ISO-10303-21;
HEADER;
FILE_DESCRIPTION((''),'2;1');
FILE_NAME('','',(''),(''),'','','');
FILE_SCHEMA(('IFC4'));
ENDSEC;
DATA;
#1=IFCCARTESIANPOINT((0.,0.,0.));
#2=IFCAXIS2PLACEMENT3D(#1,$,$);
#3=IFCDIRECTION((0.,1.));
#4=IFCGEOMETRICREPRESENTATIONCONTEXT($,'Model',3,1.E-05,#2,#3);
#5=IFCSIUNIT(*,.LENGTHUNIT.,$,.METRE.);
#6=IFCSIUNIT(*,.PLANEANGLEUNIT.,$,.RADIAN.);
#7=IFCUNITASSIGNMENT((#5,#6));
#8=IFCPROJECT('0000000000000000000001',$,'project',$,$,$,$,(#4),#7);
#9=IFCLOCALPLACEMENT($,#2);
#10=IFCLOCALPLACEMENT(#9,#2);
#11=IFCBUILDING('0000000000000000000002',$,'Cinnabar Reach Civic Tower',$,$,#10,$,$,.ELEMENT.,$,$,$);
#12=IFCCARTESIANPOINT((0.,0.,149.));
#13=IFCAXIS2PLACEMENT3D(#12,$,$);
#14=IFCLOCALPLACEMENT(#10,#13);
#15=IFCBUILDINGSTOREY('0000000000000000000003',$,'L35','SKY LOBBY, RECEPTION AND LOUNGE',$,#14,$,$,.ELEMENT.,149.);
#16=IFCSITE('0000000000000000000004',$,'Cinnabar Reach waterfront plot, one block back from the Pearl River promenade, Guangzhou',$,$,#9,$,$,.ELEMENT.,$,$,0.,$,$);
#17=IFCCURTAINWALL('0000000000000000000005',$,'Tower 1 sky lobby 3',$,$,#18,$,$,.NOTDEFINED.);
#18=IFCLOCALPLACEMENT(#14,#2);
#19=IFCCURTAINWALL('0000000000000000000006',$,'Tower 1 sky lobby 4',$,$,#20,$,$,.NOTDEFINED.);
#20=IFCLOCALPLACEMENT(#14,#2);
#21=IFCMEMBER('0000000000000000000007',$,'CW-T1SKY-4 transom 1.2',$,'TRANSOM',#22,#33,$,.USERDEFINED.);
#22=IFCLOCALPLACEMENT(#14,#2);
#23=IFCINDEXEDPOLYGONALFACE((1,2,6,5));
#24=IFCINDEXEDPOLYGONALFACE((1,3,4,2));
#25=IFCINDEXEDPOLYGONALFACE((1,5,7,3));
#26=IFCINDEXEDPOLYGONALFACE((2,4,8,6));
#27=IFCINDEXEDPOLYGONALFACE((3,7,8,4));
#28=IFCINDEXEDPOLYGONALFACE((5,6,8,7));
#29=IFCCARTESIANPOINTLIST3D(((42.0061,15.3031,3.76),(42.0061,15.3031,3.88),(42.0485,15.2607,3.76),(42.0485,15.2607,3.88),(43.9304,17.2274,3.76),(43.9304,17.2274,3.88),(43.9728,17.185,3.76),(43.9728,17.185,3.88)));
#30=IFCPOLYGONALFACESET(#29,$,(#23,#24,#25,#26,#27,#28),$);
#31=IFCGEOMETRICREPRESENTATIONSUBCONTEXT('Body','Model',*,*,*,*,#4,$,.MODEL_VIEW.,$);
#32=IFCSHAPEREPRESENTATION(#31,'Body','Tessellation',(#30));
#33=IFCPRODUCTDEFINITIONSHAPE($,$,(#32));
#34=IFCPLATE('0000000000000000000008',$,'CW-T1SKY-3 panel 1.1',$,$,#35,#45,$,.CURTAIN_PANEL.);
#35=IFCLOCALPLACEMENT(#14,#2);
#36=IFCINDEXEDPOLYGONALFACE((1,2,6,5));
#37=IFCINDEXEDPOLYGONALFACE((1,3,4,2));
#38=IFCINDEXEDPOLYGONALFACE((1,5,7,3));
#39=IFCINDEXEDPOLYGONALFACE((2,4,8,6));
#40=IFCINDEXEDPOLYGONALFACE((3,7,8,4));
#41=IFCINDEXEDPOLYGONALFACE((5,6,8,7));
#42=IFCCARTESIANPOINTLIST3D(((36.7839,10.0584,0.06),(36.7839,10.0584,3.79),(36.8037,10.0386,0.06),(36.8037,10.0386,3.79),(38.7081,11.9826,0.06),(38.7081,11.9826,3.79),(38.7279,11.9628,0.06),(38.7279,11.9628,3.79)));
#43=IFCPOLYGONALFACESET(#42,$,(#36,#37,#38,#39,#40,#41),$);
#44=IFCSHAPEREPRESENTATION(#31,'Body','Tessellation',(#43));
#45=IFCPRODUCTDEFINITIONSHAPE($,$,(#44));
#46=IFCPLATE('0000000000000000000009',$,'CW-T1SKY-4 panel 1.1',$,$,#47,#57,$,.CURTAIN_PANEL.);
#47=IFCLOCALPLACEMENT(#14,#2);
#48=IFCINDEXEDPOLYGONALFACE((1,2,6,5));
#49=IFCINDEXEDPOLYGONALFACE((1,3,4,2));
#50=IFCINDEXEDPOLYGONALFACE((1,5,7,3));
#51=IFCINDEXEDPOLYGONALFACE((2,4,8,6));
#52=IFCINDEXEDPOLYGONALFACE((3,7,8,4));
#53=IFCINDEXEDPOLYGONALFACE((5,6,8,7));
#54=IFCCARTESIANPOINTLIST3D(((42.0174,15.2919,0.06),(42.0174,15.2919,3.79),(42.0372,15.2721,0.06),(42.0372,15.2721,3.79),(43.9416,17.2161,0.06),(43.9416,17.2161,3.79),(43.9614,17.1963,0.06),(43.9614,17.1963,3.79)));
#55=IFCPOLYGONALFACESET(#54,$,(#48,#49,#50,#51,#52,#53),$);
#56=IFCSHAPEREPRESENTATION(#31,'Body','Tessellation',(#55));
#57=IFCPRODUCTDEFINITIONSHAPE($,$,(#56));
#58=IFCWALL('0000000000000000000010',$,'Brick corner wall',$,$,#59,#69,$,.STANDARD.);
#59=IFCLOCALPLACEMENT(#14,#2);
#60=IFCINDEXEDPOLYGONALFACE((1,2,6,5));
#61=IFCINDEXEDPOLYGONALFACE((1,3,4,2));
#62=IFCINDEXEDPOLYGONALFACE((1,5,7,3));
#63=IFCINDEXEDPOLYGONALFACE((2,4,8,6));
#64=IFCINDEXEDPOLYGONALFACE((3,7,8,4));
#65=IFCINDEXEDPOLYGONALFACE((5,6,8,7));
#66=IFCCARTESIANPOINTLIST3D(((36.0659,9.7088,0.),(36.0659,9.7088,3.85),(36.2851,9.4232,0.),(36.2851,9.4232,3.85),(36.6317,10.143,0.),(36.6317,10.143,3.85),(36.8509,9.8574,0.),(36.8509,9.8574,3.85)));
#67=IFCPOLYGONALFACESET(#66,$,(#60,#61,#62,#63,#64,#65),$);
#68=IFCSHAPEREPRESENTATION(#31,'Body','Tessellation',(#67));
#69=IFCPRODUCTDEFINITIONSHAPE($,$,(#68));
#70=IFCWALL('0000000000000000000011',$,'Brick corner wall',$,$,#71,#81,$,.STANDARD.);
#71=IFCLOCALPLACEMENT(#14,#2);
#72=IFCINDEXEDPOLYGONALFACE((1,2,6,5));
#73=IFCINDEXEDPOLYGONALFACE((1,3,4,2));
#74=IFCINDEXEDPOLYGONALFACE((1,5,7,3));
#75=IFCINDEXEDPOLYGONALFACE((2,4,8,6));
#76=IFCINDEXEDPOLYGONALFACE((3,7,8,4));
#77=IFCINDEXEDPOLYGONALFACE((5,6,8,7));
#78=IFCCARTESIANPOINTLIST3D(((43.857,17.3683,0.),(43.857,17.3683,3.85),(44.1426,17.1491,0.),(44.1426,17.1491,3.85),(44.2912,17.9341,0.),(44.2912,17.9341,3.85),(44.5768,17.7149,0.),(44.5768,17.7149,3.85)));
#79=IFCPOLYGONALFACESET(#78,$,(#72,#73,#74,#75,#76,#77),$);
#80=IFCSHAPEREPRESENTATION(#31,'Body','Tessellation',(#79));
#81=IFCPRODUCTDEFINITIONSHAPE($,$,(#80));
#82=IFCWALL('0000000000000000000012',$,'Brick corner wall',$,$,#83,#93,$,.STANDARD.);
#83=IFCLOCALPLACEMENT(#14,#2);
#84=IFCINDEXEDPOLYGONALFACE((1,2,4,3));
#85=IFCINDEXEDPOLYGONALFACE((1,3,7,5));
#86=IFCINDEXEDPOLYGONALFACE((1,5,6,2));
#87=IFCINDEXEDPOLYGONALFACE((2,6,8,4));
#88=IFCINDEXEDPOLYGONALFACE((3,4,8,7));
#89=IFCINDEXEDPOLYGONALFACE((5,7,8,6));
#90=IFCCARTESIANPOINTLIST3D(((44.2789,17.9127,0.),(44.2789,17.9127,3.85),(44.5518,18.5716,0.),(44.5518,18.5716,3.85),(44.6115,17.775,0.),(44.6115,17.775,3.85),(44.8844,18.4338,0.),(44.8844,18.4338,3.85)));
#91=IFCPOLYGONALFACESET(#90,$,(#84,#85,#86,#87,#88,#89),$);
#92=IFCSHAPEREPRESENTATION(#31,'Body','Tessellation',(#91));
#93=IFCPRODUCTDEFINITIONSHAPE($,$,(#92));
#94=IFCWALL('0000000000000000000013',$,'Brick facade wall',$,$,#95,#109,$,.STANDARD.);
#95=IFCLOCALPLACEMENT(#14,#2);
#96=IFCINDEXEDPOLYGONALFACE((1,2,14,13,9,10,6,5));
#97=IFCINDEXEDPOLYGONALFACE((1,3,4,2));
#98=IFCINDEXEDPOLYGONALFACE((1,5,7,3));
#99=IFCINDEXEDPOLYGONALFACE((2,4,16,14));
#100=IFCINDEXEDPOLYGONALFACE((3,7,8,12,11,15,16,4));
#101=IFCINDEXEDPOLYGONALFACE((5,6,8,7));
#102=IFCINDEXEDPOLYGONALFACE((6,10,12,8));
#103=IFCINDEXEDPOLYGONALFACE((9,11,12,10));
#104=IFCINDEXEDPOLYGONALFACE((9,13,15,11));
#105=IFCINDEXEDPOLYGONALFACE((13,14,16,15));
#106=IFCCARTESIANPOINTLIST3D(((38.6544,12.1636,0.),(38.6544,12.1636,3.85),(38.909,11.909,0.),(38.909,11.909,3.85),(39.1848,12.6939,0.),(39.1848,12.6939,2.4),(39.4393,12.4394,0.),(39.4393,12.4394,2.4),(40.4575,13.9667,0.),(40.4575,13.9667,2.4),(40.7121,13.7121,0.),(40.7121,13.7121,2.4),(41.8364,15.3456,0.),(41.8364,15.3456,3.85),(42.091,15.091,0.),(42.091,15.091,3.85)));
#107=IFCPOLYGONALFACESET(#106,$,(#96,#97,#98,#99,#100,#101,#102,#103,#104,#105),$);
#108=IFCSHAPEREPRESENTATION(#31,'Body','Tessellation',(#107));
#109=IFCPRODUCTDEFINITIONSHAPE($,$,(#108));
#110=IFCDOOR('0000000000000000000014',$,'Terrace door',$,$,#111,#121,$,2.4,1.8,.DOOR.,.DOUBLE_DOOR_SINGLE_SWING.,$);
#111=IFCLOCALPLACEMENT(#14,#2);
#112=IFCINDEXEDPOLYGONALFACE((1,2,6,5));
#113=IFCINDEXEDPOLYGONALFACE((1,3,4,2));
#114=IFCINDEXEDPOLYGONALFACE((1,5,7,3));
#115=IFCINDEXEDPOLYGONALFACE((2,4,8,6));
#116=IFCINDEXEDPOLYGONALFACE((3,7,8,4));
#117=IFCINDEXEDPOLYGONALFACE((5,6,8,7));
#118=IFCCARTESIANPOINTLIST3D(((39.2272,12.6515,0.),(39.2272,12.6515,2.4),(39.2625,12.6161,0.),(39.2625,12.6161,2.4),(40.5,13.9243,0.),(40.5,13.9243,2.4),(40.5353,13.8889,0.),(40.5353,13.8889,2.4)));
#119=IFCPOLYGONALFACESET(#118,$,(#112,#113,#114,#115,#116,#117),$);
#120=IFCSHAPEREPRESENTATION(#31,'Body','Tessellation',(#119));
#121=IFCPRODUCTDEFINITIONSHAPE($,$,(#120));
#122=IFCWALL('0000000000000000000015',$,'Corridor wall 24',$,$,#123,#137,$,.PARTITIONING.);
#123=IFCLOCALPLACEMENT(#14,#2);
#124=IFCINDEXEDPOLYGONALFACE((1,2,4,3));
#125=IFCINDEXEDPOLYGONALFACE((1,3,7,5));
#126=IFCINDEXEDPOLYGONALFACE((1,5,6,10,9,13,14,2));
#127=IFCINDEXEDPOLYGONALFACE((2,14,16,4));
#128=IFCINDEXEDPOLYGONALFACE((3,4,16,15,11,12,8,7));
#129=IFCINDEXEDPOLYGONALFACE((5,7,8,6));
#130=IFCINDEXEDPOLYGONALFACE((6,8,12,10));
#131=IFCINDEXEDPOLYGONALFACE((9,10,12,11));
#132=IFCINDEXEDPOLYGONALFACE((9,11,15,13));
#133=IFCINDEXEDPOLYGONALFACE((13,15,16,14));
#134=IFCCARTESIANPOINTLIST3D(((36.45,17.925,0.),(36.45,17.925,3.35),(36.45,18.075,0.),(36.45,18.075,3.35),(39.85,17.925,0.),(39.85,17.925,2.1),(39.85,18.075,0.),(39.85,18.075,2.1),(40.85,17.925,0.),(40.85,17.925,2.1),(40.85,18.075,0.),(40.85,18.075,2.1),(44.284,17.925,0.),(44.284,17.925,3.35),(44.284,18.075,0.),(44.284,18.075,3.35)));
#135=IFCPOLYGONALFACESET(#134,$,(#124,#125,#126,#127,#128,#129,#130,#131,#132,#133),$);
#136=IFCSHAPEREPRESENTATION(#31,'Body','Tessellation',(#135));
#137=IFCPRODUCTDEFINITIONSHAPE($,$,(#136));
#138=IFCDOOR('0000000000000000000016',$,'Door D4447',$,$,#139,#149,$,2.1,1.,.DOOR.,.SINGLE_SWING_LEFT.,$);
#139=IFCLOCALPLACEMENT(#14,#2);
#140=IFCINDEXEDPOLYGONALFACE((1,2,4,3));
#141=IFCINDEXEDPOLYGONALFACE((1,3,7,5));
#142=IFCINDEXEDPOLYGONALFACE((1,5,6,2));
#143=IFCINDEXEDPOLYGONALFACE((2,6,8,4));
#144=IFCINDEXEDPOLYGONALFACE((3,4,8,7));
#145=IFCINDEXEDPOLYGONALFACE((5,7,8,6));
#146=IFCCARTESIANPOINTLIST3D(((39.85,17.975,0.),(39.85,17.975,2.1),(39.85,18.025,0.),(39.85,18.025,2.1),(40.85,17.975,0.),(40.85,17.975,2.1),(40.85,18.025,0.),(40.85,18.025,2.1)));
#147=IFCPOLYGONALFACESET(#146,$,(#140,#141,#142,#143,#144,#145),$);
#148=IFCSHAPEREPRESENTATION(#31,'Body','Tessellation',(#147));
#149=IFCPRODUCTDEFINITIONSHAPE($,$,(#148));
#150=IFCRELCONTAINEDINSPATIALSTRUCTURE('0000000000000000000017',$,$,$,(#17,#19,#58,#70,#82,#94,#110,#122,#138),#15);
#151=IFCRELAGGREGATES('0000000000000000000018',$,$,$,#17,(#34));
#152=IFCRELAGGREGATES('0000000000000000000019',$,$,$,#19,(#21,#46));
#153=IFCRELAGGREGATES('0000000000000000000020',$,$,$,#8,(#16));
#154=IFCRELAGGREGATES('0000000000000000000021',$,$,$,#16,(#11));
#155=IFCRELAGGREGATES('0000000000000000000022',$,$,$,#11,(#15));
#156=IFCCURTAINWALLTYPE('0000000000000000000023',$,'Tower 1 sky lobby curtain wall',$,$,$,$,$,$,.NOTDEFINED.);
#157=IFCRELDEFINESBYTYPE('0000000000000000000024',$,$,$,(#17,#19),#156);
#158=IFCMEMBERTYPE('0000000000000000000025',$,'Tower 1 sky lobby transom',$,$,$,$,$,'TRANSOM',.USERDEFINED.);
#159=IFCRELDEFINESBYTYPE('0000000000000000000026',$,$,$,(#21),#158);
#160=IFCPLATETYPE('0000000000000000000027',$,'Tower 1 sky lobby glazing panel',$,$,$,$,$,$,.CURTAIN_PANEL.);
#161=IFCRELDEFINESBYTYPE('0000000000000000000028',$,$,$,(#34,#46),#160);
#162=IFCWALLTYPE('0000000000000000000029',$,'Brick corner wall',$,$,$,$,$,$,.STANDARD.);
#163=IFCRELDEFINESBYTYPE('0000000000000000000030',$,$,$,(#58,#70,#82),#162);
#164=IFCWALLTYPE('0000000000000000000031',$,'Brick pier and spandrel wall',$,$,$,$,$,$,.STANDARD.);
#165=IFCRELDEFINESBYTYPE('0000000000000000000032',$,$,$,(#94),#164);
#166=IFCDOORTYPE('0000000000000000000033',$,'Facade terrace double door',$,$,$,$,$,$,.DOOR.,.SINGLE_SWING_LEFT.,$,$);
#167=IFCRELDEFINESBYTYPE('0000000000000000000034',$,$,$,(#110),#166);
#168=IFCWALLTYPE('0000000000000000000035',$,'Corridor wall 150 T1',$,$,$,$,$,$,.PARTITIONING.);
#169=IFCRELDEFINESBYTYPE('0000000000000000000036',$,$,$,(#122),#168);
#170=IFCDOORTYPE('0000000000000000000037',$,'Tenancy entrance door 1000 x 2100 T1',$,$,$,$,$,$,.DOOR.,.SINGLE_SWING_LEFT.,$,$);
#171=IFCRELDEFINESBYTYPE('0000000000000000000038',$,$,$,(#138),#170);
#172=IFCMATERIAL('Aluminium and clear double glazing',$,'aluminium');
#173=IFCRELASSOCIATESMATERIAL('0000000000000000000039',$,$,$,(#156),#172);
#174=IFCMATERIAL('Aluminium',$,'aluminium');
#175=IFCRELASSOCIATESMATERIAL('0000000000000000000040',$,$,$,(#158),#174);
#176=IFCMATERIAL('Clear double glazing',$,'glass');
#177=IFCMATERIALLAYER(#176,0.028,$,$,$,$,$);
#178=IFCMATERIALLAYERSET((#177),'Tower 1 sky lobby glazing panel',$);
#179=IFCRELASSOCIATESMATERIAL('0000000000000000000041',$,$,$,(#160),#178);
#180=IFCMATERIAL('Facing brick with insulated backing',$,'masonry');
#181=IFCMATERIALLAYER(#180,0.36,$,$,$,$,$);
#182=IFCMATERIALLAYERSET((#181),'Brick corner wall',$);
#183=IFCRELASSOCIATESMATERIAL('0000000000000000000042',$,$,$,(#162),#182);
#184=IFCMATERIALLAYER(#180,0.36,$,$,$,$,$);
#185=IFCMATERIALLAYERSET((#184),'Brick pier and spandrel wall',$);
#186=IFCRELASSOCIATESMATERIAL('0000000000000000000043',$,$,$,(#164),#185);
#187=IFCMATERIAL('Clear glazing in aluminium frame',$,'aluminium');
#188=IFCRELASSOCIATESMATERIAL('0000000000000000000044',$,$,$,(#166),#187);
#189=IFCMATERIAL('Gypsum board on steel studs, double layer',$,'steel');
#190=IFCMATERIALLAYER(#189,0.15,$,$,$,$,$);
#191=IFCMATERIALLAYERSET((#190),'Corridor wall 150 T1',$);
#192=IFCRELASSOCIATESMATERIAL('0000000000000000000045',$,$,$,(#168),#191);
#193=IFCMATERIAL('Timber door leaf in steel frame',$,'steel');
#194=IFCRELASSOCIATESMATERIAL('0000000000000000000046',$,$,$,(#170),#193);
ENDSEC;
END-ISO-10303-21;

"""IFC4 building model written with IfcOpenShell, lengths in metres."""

from ifc_helpers import new_model, si_unit, direction, frame, frame_2d, origin, origin_2d, place, context, subcontext, project, spatial, rectangle, extrude, material, layer, layer_set, material_profile, profile_set, type_object, element, fill, aggregate, save


model = new_model("IFC4")

# Units and contexts
model_context = context("Model", 3, precision=1e-05, world=origin(), true_north=direction((0.0, 1.0)))
body_context = subcontext(model_context, "Body", "Model", "MODEL_VIEW")
ifc_project = project(units=[si_unit("LENGTHUNIT", "METRE"), si_unit("PLANEANGLEUNIT", "RADIAN")], contexts=[model_context])

# Site, building, storey
site_placement = place(None, origin())
site = spatial("IfcSite", under=ifc_project, at=site_placement, Name="Cinnabar Reach waterfront plot, one block back from the Pearl River promenade, Guangzhou", CompositionType="ELEMENT", RefElevation=0.0)
building_placement = place(site_placement, origin())
building = spatial("IfcBuilding", under=site, at=building_placement, Name="Cinnabar Reach Civic Tower", CompositionType="ELEMENT")
storey_placement = place(building_placement, frame((0.0, 0.0, 149.0)))
storey = spatial("IfcBuildingStorey", under=building, at=storey_placement, Name="L35", Description="SKY LOBBY, RECEPTION AND LOUNGE", CompositionType="ELEMENT", Elevation=149.0)

# Curtain walls
ifc_material_1 = material(Name="Aluminium and clear double glazing", Category="aluminium")
curtain_wall_type = type_object("IfcCurtainWallType", Name="Tower 1 sky lobby curtain wall", PredefinedType="NOTDEFINED", material=ifc_material_1)
curtain_wall_1_placement = place(storey_placement, origin())
curtain_wall_1 = element("IfcCurtainWall", 1, at=curtain_wall_1_placement, inside=storey, type_object=curtain_wall_type, Name="Tower 1 sky lobby 3", PredefinedType="NOTDEFINED")
ifc_material_2 = material(Name="Aluminium", Category="aluminium")
curtain_wall_2_placement = place(storey_placement, origin())
curtain_wall_2 = element("IfcCurtainWall", 2, at=curtain_wall_2_placement, inside=storey, type_object=curtain_wall_type, Name="Tower 1 sky lobby 4", PredefinedType="NOTDEFINED")

# Member
ifc_material_profile_1 = material_profile(ifc_material_2, rectangle(XDim=0.06, YDim=0.12, at=origin_2d()), Name="Tower 1 sky lobby transom")
ifc_profile_set_1 = profile_set([ifc_material_profile_1], Name="Aluminium")
member_type_1 = type_object("IfcMemberType", Name="Tower 1 sky lobby transom", ElementType="TRANSOM", PredefinedType="USERDEFINED", material=ifc_profile_set_1)
member_1_placement = place(storey_placement, frame((42.0273, 15.2819, 3.82), z_axis=(0.707107, 0.707107, 0.0), x_axis=(-0.707107, 0.707107, 0.0)))
member_1 = element("IfcMember", 3, at=member_1_placement, type_object=member_type_1, Name="CW-T1SKY-4 transom 1.2", ObjectType="TRANSOM", PredefinedType="USERDEFINED", context=body_context, shape_type="SweptSolid", body=[
    extrude(rectangle(XDim=0.06, YDim=0.12, at=origin_2d()), origin(), (0.0, 0.0, 1.0), 2.7214),
])

# Plates
ifc_material_3 = material(Name="Clear double glazing", Category="glass")
ifc_layer_1 = layer(ifc_material_3, 0.028)
ifc_layer_set_1 = layer_set([ifc_layer_1], Name="Tower 1 sky lobby glazing panel")
plate_type = type_object("IfcPlateType", Name="Tower 1 sky lobby glazing panel", PredefinedType="CURTAIN_PANEL", material=ifc_layer_set_1)
plate_1_placement = place(storey_placement, frame((37.7559, 11.0106, 0.06), z_axis=(0.0, 0.0, 1.0), x_axis=(0.707107, 0.707107, 0.0)))
plate_1 = element("IfcPlate", 4, at=plate_1_placement, type_object=plate_type, Name="CW-T1SKY-3 panel 1.1", PredefinedType="CURTAIN_PANEL", context=body_context, shape_type="SweptSolid", body=[
    extrude(rectangle(XDim=2.7213, YDim=0.028, at=origin_2d()), origin(), (0.0, 0.0, 1.0), 3.73),
])
aggregate(curtain_wall_1, [plate_1])
plate_2_placement = place(storey_placement, frame((42.9894, 16.2441, 0.06), z_axis=(0.0, 0.0, 1.0), x_axis=(0.707107, 0.707107, 0.0)))
plate_2 = element("IfcPlate", 5, at=plate_2_placement, type_object=plate_type, Name="CW-T1SKY-4 panel 1.1", PredefinedType="CURTAIN_PANEL", context=body_context, shape_type="SweptSolid", body=[
    extrude(rectangle(XDim=2.7213, YDim=0.028, at=origin_2d()), origin(), (0.0, 0.0, 1.0), 3.73),
])
aggregate(curtain_wall_2, [member_1, plate_2])

# Walls
ifc_material_4 = material(Name="Facing brick with insulated backing", Category="masonry")
ifc_layer_2 = layer(ifc_material_4, 0.36)
ifc_layer_set_2 = layer_set([ifc_layer_2], Name="Brick corner wall")
wall_type_1 = type_object("IfcWallType", Name="Brick corner wall", PredefinedType="STANDARD", material=ifc_layer_set_2)
for number, where, z_axis, x_axis, name in (
    (6, (36.1755, 9.566, 0.0), (0.0, 0.0, 1.0), (0.793322, 0.608802, 0.0), "Brick corner wall"),
    (7, (43.9998, 17.2587, 0.0), (0.0, 0.0, 1.0), (0.608802, 0.793322, 0.0), "Brick corner wall"),
):
    element("IfcWall", number, at=place(storey_placement, frame(where, z_axis=z_axis, x_axis=x_axis)), inside=storey, type_object=wall_type_1, Name=name, PredefinedType="STANDARD", context=body_context, shape_type="SweptSolid", body=[
        extrude(rectangle(XDim=0.7132, YDim=0.36, at=frame_2d((0.3566, 0.0))), origin(), (0.0, 0.0, 1.0), 3.85),
    ])
wall_1_placement = place(storey_placement, frame((44.4452, 17.8439, 0.0), z_axis=(0.0, 0.0, 1.0), x_axis=(0.382703, 0.923872, 0.0)))
element("IfcWall", 8, at=wall_1_placement, inside=storey, type_object=wall_type_1, Name="Brick corner wall", PredefinedType="STANDARD", context=body_context, shape_type="SweptSolid", body=[
    extrude(rectangle(XDim=0.7131, YDim=0.36, at=frame_2d((0.3565, 0.0))), origin(), (0.0, 0.0, 1.0), 3.85),
])

# Walls, openings, doors
ifc_layer_3 = layer(ifc_material_4, 0.36)
ifc_layer_set_3 = layer_set([ifc_layer_3], Name="Brick pier and spandrel wall")
wall_type_2 = type_object("IfcWallType", Name="Brick pier and spandrel wall", PredefinedType="STANDARD", material=ifc_layer_set_3)
wall_2_placement = place(storey_placement, frame((38.7817, 12.0363, 0.0), z_axis=(0.0, 0.0, 1.0), x_axis=(0.707107, 0.707107, 0.0)))
wall_2 = element("IfcWall", 9, at=wall_2_placement, inside=storey, type_object=wall_type_2, Name="Brick facade wall", PredefinedType="STANDARD", context=body_context, shape_type="SweptSolid", body=[
    extrude(rectangle(XDim=4.5, YDim=0.36, at=frame_2d((2.25, 0.0))), origin(), (0.0, 0.0, 1.0), 3.85),
])
opening_1_placement = place(wall_2_placement, frame((0.75, 0.0, 0.0)))
opening_1 = element("IfcOpeningElement", 10, at=opening_1_placement, cuts=wall_2, PredefinedType="OPENING", context=body_context, shape_type="SweptSolid", body=[
    extrude(rectangle(XDim=1.8, YDim=2.4, at=frame_2d((0.9, 1.2))), frame((0.0, 0.19, 0.0), z_axis=(0.0, -1.0, 0.0), x_axis=(1.0, 0.0, 0.0)), (0.0, 0.0, 1.0), 0.38),
])
ifc_material_5 = material(Name="Clear glazing in aluminium frame", Category="aluminium")
door_type_1 = type_object("IfcDoorType", Name="Facade terrace double door", OperationType="SINGLE_SWING_LEFT", PredefinedType="DOOR", material=ifc_material_5)
door_1_placement = place(opening_1_placement, frame((1.8, 0.0, 0.0), z_axis=(0.0, 0.0, 1.0), x_axis=(-1.0, 0.0, 0.0)))
door_1 = element("IfcDoor", 11, at=door_1_placement, inside=storey, type_object=door_type_1, Name="Terrace door", OperationType="DOUBLE_DOOR_SINGLE_SWING", OverallHeight=2.4, OverallWidth=1.8, PredefinedType="DOOR", context=body_context, shape_type="SweptSolid", body=[
    extrude(rectangle(XDim=1.8, YDim=2.4, at=frame_2d((0.9, 1.2))), frame((0.0, -0.07, 0.0), z_axis=(0.0, -1.0, 0.0), x_axis=(1.0, 0.0, 0.0)), (0.0, 0.0, 1.0), 0.05),
])
fill(opening_1, door_1)
ifc_material_6 = material(Name="Gypsum board on steel studs, double layer", Category="steel")
ifc_layer_4 = layer(ifc_material_6, 0.15)
ifc_layer_set_4 = layer_set([ifc_layer_4], Name="Corridor wall 150 T1")
wall_type_3 = type_object("IfcWallType", Name="Corridor wall 150 T1", PredefinedType="PARTITIONING", material=ifc_layer_set_4)
wall_3_placement = place(storey_placement, frame((36.45, 18.0, 0.0), z_axis=(0.0, 0.0, 1.0), x_axis=(1.0, 0.0, 0.0)))
wall_3 = element("IfcWall", 12, at=wall_3_placement, inside=storey, type_object=wall_type_3, Name="Corridor wall 24", PredefinedType="PARTITIONING", context=body_context, shape_type="SweptSolid", body=[
    extrude(rectangle(XDim=7.834, YDim=0.15, at=frame_2d((3.917, 0.0))), origin(), (0.0, 0.0, 1.0), 3.35),
])
opening_2_placement = place(wall_3_placement, frame((3.4, 0.0, 0.0)))
opening_2 = element("IfcOpeningElement", 13, at=opening_2_placement, cuts=wall_3, PredefinedType="OPENING", context=body_context, shape_type="SweptSolid", body=[
    extrude(rectangle(XDim=1.0, YDim=2.1, at=frame_2d((0.5, 1.05))), frame((0.0, 0.085, 0.0), z_axis=(0.0, -1.0, 0.0), x_axis=(1.0, 0.0, 0.0)), (0.0, 0.0, 1.0), 0.17),
])
ifc_material_7 = material(Name="Timber door leaf in steel frame", Category="steel")
door_type_2 = type_object("IfcDoorType", Name="Tenancy entrance door 1000 x 2100 T1", OperationType="SINGLE_SWING_LEFT", PredefinedType="DOOR", material=ifc_material_7)
door_2_placement = place(opening_2_placement, frame((1.0, 0.0, 0.0), z_axis=(0.0, 0.0, 1.0), x_axis=(-1.0, 0.0, 0.0)))
door_2 = element("IfcDoor", 14, at=door_2_placement, inside=storey, type_object=door_type_2, Name="Door D4447", OperationType="SINGLE_SWING_LEFT", OverallHeight=2.1, OverallWidth=1.0, PredefinedType="DOOR", context=body_context, shape_type="SweptSolid", body=[
    extrude(rectangle(XDim=1.0, YDim=2.1, at=frame_2d((0.5, 1.05))), frame((0.0, 0.025, 0.0), z_axis=(0.0, -1.0, 0.0), x_axis=(1.0, 0.0, 0.0)), (0.0, 0.0, 1.0), 0.05),
])
fill(opening_2, door_2)

save(model, "model.ifc")
